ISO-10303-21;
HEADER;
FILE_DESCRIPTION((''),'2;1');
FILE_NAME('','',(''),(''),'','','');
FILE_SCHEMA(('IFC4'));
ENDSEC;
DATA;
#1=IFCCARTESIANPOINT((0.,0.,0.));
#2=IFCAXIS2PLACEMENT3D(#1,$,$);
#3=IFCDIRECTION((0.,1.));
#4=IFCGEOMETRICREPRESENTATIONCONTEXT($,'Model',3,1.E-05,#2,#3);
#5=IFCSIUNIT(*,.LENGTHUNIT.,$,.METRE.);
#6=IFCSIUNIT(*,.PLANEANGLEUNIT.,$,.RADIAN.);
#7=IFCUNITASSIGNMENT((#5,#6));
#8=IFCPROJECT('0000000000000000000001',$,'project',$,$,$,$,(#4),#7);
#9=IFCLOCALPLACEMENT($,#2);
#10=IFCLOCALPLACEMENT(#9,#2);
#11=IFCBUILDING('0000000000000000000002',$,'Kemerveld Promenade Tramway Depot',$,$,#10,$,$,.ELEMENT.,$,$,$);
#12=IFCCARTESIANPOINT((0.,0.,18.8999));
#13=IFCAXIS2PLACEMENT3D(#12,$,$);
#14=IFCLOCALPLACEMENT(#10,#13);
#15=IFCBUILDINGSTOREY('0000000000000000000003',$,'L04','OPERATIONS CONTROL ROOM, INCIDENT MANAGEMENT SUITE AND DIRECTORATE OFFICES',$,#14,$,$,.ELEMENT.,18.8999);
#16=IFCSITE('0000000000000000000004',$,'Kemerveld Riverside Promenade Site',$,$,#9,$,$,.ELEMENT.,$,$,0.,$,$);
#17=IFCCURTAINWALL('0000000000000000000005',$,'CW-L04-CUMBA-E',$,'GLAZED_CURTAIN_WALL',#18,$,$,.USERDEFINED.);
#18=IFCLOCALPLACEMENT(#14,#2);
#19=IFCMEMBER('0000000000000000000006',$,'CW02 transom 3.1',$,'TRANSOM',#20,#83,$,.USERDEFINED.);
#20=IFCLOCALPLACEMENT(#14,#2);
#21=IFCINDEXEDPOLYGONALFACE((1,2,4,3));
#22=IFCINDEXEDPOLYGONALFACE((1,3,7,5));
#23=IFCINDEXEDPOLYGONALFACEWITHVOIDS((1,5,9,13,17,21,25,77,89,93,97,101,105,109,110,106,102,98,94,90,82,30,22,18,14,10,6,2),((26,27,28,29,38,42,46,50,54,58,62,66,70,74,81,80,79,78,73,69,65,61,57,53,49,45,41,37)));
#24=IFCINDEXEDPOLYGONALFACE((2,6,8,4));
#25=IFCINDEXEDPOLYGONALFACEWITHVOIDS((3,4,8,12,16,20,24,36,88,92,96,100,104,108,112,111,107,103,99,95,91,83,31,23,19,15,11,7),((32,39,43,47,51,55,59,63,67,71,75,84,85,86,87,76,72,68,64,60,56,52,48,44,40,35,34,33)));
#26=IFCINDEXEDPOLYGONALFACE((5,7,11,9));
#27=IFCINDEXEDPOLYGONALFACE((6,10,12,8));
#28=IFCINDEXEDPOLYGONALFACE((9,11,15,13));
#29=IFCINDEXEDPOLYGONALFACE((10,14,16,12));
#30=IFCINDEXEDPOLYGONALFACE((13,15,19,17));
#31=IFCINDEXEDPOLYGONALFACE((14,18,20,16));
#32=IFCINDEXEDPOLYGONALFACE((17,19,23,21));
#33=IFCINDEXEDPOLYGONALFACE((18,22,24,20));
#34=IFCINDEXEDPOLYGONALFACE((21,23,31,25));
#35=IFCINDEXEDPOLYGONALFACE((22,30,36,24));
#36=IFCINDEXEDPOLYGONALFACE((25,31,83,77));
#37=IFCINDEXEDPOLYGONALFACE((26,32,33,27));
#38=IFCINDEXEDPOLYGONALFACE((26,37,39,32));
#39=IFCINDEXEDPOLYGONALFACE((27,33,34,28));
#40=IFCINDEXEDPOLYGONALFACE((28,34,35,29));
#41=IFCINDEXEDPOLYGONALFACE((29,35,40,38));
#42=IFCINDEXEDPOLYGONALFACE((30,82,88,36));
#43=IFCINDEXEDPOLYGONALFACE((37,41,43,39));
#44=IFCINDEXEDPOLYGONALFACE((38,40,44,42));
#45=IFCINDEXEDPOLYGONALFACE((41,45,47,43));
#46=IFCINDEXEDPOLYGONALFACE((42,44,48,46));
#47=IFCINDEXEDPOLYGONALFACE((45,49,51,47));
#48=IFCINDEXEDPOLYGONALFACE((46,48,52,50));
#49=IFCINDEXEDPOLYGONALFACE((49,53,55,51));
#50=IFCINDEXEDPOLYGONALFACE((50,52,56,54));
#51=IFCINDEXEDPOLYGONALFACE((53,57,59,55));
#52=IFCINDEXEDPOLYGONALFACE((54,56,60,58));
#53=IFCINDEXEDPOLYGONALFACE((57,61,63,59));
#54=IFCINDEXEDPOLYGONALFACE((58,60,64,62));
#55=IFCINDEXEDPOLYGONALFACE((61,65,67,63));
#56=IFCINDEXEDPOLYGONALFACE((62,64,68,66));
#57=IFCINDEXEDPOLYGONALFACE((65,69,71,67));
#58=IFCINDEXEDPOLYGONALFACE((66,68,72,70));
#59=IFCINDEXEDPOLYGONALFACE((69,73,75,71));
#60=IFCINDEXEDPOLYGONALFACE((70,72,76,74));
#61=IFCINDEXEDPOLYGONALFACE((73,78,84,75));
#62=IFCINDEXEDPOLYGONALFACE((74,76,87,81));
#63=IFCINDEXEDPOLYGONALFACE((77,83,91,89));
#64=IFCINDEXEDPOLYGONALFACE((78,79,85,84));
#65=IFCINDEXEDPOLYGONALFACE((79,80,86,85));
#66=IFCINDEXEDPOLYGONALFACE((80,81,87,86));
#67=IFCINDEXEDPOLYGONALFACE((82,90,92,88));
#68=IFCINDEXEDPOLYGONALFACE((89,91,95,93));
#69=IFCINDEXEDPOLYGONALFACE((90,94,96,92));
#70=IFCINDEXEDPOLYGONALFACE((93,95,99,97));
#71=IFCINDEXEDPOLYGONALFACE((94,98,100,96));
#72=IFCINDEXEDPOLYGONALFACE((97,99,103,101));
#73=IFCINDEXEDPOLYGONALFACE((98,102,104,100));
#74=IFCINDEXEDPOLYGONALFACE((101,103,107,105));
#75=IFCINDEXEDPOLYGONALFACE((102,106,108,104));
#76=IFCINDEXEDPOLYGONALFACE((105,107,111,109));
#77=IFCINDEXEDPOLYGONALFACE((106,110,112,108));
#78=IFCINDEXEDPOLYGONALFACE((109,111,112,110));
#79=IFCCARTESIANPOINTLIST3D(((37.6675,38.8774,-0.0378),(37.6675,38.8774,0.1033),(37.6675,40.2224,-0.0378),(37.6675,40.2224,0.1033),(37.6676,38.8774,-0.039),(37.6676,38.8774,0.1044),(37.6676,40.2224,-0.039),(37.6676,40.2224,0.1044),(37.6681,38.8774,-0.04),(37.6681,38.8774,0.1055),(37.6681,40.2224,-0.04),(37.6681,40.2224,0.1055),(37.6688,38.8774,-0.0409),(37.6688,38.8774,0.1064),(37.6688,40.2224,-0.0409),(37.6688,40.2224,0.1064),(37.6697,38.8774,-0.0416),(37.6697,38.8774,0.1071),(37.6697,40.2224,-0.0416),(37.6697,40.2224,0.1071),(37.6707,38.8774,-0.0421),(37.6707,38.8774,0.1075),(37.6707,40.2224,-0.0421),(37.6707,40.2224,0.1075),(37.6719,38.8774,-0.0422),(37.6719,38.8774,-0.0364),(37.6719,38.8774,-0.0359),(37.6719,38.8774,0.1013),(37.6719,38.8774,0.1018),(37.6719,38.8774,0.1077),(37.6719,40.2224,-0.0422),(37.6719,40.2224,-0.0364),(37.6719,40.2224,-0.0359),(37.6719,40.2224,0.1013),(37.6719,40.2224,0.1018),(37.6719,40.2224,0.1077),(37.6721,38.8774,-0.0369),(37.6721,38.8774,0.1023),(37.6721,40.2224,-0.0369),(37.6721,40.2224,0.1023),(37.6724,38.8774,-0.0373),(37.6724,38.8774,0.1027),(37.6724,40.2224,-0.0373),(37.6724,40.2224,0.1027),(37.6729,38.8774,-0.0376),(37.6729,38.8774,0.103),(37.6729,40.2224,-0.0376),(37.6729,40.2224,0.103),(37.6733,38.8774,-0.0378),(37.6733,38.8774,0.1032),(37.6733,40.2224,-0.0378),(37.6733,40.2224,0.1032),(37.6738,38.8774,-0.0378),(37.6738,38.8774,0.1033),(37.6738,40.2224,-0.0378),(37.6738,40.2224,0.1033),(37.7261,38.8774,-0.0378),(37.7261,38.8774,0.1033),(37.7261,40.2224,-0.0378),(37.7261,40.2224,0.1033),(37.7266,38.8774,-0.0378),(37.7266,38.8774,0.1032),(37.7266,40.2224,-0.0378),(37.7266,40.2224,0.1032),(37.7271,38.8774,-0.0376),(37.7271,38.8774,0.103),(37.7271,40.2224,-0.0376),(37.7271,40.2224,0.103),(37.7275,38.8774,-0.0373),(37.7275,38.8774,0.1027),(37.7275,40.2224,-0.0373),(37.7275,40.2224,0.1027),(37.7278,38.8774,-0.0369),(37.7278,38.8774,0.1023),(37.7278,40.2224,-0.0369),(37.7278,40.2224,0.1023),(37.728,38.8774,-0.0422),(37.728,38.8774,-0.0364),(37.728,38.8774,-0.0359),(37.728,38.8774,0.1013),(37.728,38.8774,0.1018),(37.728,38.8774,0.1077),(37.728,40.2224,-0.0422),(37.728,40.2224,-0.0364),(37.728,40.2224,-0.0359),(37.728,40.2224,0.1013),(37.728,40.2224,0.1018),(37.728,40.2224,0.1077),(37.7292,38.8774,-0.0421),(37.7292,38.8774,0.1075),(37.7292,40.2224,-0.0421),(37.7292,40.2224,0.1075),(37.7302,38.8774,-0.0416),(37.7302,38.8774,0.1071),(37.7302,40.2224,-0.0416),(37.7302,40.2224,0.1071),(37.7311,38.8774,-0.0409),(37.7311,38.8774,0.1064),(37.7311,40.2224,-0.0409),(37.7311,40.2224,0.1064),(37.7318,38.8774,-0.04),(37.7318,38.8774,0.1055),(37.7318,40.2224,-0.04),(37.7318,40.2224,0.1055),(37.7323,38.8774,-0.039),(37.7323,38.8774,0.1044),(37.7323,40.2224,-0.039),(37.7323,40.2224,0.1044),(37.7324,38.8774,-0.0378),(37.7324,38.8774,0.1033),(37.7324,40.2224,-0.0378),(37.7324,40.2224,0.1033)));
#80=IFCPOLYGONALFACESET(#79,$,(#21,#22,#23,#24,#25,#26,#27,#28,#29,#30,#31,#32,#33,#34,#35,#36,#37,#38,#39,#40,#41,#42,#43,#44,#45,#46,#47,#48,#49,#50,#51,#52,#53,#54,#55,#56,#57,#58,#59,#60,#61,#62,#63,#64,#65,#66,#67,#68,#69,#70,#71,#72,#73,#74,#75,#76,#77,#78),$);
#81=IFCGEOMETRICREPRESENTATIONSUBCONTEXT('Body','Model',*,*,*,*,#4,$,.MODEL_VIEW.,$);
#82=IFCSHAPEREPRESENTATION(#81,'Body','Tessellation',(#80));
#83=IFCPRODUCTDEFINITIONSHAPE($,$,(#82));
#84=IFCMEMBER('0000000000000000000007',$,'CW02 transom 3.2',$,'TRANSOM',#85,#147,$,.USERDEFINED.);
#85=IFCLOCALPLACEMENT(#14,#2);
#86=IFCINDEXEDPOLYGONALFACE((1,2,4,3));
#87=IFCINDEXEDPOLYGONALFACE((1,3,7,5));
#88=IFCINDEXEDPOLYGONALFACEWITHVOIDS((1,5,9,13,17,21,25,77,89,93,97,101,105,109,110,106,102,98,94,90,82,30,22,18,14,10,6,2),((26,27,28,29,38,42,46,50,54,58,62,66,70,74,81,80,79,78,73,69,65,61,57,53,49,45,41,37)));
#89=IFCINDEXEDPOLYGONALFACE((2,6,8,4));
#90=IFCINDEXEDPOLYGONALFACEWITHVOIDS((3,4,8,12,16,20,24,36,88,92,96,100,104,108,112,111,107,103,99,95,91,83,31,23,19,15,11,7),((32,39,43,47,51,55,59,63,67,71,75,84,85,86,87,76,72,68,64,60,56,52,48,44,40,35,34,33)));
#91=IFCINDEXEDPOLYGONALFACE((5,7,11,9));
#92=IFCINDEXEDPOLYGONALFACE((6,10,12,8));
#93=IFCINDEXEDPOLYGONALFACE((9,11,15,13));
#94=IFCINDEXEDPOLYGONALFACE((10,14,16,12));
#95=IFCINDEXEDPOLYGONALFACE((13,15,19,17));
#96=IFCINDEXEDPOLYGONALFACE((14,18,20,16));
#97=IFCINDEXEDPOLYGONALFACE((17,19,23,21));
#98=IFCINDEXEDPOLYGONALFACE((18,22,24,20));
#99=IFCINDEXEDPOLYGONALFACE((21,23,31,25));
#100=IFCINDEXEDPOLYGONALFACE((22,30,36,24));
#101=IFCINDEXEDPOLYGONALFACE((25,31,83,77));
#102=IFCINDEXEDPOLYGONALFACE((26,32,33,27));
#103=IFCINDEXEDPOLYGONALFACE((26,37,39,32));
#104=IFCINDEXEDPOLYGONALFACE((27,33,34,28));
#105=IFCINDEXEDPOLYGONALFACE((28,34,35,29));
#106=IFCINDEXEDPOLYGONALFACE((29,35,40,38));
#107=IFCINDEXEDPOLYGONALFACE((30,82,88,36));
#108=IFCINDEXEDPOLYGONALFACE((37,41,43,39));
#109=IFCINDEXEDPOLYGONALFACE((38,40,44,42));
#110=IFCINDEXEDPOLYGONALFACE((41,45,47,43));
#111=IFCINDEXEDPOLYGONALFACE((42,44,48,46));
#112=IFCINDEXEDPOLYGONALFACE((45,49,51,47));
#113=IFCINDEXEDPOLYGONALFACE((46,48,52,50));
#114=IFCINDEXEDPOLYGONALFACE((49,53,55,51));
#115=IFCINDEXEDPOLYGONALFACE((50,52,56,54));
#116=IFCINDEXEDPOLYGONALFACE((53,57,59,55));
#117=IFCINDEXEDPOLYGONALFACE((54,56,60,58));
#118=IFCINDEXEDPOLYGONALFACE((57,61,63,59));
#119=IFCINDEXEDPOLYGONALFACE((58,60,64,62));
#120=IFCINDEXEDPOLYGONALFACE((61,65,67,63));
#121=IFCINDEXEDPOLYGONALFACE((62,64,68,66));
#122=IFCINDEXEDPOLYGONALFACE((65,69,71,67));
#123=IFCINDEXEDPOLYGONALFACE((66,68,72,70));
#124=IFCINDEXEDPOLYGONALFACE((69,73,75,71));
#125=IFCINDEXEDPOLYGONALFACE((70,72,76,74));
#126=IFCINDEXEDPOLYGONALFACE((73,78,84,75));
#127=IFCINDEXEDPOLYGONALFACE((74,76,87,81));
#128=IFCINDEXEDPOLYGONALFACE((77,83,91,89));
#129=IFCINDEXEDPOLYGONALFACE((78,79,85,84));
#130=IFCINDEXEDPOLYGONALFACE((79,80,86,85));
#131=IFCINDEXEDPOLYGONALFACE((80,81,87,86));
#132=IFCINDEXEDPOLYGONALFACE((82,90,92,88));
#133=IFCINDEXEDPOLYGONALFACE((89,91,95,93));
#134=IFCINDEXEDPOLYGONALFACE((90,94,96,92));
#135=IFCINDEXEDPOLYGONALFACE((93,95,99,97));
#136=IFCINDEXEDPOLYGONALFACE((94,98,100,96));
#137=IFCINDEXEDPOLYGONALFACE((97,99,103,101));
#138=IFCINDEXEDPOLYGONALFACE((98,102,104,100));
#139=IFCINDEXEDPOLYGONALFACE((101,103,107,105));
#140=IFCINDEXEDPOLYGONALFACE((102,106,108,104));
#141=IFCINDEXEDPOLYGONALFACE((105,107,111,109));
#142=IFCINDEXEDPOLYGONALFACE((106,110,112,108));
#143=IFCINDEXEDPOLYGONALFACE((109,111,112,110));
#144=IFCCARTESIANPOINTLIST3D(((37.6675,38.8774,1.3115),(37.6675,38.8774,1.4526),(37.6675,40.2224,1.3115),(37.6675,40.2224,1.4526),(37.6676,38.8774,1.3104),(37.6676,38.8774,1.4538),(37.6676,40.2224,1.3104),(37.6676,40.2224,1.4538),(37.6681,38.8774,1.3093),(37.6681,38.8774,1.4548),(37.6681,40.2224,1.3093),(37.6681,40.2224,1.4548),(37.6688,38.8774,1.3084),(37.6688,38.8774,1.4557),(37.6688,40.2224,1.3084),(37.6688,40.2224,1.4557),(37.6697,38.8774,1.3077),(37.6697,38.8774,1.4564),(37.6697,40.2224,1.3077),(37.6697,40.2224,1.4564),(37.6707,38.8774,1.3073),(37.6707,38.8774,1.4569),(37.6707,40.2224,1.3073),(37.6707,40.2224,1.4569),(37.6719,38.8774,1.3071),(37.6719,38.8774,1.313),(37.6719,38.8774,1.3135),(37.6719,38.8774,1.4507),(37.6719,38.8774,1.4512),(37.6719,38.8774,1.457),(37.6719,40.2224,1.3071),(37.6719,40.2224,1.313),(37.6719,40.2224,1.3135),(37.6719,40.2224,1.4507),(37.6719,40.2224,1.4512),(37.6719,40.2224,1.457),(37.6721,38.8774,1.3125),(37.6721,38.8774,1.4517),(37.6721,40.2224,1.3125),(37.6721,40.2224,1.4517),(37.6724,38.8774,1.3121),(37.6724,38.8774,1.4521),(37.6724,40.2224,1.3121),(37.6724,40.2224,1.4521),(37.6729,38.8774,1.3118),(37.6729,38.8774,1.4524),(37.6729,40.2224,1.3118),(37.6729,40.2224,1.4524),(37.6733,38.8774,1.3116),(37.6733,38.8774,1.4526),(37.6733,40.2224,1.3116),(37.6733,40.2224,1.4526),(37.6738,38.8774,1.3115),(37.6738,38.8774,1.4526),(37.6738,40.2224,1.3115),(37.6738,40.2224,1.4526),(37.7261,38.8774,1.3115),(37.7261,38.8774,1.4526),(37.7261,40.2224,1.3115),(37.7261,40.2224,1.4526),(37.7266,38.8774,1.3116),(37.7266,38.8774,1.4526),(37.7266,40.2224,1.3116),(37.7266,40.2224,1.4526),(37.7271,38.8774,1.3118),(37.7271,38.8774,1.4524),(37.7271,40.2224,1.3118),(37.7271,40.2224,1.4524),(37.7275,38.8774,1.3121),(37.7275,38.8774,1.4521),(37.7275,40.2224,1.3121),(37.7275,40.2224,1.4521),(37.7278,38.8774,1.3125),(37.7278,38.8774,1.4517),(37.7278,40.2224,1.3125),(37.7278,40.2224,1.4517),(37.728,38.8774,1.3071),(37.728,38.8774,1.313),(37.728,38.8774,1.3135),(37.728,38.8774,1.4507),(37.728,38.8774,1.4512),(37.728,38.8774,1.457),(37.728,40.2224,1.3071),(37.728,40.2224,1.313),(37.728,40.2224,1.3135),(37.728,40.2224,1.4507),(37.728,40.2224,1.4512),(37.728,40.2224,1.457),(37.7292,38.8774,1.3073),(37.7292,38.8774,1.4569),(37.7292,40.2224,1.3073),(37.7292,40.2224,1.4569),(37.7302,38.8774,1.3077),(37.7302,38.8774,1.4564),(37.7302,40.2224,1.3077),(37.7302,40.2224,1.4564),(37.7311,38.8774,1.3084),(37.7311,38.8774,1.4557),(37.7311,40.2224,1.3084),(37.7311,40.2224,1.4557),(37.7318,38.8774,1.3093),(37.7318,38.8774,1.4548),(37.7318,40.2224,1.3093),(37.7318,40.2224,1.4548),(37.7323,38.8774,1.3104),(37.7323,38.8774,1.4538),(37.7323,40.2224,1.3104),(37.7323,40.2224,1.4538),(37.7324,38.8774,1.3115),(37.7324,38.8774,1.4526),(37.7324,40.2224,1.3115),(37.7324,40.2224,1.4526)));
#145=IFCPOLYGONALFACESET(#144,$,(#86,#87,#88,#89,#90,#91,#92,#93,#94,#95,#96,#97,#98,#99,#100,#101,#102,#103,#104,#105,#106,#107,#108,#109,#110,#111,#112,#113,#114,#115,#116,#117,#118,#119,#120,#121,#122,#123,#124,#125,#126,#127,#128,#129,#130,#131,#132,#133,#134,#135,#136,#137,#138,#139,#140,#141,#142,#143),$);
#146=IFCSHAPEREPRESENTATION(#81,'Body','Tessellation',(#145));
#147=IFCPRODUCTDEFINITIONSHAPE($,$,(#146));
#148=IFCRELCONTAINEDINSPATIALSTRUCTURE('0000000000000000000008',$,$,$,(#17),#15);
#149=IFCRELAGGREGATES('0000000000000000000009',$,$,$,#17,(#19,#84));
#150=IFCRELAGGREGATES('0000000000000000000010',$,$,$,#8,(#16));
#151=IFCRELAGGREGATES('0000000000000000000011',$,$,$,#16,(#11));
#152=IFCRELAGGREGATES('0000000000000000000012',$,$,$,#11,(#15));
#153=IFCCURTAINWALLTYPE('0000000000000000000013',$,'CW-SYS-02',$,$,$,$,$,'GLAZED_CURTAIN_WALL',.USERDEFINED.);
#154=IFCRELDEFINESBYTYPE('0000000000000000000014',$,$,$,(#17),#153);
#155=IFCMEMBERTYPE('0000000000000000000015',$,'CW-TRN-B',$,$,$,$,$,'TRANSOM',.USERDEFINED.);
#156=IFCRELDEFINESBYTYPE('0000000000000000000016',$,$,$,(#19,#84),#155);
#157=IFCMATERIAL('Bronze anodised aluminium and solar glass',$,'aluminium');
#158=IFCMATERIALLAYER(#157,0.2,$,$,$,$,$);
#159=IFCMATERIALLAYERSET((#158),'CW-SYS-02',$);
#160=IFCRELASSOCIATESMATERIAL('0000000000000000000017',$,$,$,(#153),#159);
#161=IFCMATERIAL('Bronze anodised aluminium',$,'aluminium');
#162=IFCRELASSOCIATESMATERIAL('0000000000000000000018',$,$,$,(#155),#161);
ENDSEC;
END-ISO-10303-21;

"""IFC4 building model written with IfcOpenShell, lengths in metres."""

from ifc_helpers import new_model, si_unit, direction, frame, origin, origin_2d, place, context, subcontext, project, spatial, hollow_rectangle, extrude, material, layer, layer_set, material_profile, profile_set, type_object, element, aggregate, save


model = new_model("IFC4")

# Units and contexts
model_context = context("Model", 3, precision=1e-05, world=origin(), true_north=direction((0.0, 1.0)))
body_context = subcontext(model_context, "Body", "Model", "MODEL_VIEW")
ifc_project = project(units=[si_unit("LENGTHUNIT", "METRE"), si_unit("PLANEANGLEUNIT", "RADIAN")], contexts=[model_context])

# Site, building, storey
site_placement = place(None, origin())
site = spatial("IfcSite", under=ifc_project, at=site_placement, Name="Kemerveld Riverside Promenade Site", CompositionType="ELEMENT", RefElevation=0.0)
building_placement = place(site_placement, origin())
building = spatial("IfcBuilding", under=site, at=building_placement, Name="Kemerveld Promenade Tramway Depot", CompositionType="ELEMENT")
storey_placement = place(building_placement, frame((0.0, 0.0, 18.8999)))
storey = spatial("IfcBuildingStorey", under=building, at=storey_placement, Name="L04", Description="OPERATIONS CONTROL ROOM, INCIDENT MANAGEMENT SUITE AND DIRECTORATE OFFICES", CompositionType="ELEMENT", Elevation=18.8999)

# Curtain wall, members
ifc_material_1 = material(Name="Bronze anodised aluminium and solar glass", Category="aluminium")
ifc_layer_1 = layer(ifc_material_1, 0.2)
ifc_layer_set_1 = layer_set([ifc_layer_1], Name="CW-SYS-02")
curtain_wall_type = type_object("IfcCurtainWallType", Name="CW-SYS-02", ElementType="GLAZED_CURTAIN_WALL", PredefinedType="USERDEFINED", material=ifc_layer_set_1)
curtain_wall_placement = place(storey_placement, origin())
curtain_wall = element("IfcCurtainWall", 1, at=curtain_wall_placement, inside=storey, type_object=curtain_wall_type, Name="CW-L04-CUMBA-E", ObjectType="GLAZED_CURTAIN_WALL", PredefinedType="USERDEFINED")
ifc_material_2 = material(Name="Bronze anodised aluminium", Category="aluminium")
ifc_material_profile_1 = material_profile(ifc_material_2, hollow_rectangle(XDim=0.0649, YDim=0.1499, WallThickness=0.0044, InnerFilletRadius=0.002, OuterFilletRadius=0.0044, at=origin_2d()), Name="CW-TRN-150x65")
ifc_profile_set_1 = profile_set([ifc_material_profile_1], Name="Bronze anodised aluminium")
member_type_1 = type_object("IfcMemberType", Name="CW-TRN-B", ElementType="TRANSOM", PredefinedType="USERDEFINED", material=ifc_profile_set_1)
member_1_placement = place(storey_placement, frame((37.7, 40.2224, 0.0327), z_axis=(0.0, -1.0, 0.0), x_axis=(1.0, 0.0, 0.0)))
member_1 = element("IfcMember", 2, at=member_1_placement, type_object=member_type_1, Name="CW02 transom 3.1", ObjectType="TRANSOM", PredefinedType="USERDEFINED", context=body_context, shape_type="SweptSolid", body=[
    extrude(hollow_rectangle(XDim=0.0649, YDim=0.1499, WallThickness=0.0044, InnerFilletRadius=0.002, OuterFilletRadius=0.0044, at=origin_2d()), origin(), (0.0, 0.0, 1.0), 1.345),
])
member_2_placement = place(storey_placement, frame((37.7, 40.2224, 1.3821), z_axis=(0.0, -1.0, 0.0), x_axis=(1.0, 0.0, 0.0)))
member_2 = element("IfcMember", 3, at=member_2_placement, type_object=member_type_1, Name="CW02 transom 3.2", ObjectType="TRANSOM", PredefinedType="USERDEFINED", context=body_context, shape_type="SweptSolid", body=[
    extrude(hollow_rectangle(XDim=0.0649, YDim=0.1499, WallThickness=0.0044, InnerFilletRadius=0.002, OuterFilletRadius=0.0044, at=origin_2d()), origin(), (0.0, 0.0, 1.0), 1.345),
])
aggregate(curtain_wall, [member_1, member_2])

save(model, "model.ifc")
